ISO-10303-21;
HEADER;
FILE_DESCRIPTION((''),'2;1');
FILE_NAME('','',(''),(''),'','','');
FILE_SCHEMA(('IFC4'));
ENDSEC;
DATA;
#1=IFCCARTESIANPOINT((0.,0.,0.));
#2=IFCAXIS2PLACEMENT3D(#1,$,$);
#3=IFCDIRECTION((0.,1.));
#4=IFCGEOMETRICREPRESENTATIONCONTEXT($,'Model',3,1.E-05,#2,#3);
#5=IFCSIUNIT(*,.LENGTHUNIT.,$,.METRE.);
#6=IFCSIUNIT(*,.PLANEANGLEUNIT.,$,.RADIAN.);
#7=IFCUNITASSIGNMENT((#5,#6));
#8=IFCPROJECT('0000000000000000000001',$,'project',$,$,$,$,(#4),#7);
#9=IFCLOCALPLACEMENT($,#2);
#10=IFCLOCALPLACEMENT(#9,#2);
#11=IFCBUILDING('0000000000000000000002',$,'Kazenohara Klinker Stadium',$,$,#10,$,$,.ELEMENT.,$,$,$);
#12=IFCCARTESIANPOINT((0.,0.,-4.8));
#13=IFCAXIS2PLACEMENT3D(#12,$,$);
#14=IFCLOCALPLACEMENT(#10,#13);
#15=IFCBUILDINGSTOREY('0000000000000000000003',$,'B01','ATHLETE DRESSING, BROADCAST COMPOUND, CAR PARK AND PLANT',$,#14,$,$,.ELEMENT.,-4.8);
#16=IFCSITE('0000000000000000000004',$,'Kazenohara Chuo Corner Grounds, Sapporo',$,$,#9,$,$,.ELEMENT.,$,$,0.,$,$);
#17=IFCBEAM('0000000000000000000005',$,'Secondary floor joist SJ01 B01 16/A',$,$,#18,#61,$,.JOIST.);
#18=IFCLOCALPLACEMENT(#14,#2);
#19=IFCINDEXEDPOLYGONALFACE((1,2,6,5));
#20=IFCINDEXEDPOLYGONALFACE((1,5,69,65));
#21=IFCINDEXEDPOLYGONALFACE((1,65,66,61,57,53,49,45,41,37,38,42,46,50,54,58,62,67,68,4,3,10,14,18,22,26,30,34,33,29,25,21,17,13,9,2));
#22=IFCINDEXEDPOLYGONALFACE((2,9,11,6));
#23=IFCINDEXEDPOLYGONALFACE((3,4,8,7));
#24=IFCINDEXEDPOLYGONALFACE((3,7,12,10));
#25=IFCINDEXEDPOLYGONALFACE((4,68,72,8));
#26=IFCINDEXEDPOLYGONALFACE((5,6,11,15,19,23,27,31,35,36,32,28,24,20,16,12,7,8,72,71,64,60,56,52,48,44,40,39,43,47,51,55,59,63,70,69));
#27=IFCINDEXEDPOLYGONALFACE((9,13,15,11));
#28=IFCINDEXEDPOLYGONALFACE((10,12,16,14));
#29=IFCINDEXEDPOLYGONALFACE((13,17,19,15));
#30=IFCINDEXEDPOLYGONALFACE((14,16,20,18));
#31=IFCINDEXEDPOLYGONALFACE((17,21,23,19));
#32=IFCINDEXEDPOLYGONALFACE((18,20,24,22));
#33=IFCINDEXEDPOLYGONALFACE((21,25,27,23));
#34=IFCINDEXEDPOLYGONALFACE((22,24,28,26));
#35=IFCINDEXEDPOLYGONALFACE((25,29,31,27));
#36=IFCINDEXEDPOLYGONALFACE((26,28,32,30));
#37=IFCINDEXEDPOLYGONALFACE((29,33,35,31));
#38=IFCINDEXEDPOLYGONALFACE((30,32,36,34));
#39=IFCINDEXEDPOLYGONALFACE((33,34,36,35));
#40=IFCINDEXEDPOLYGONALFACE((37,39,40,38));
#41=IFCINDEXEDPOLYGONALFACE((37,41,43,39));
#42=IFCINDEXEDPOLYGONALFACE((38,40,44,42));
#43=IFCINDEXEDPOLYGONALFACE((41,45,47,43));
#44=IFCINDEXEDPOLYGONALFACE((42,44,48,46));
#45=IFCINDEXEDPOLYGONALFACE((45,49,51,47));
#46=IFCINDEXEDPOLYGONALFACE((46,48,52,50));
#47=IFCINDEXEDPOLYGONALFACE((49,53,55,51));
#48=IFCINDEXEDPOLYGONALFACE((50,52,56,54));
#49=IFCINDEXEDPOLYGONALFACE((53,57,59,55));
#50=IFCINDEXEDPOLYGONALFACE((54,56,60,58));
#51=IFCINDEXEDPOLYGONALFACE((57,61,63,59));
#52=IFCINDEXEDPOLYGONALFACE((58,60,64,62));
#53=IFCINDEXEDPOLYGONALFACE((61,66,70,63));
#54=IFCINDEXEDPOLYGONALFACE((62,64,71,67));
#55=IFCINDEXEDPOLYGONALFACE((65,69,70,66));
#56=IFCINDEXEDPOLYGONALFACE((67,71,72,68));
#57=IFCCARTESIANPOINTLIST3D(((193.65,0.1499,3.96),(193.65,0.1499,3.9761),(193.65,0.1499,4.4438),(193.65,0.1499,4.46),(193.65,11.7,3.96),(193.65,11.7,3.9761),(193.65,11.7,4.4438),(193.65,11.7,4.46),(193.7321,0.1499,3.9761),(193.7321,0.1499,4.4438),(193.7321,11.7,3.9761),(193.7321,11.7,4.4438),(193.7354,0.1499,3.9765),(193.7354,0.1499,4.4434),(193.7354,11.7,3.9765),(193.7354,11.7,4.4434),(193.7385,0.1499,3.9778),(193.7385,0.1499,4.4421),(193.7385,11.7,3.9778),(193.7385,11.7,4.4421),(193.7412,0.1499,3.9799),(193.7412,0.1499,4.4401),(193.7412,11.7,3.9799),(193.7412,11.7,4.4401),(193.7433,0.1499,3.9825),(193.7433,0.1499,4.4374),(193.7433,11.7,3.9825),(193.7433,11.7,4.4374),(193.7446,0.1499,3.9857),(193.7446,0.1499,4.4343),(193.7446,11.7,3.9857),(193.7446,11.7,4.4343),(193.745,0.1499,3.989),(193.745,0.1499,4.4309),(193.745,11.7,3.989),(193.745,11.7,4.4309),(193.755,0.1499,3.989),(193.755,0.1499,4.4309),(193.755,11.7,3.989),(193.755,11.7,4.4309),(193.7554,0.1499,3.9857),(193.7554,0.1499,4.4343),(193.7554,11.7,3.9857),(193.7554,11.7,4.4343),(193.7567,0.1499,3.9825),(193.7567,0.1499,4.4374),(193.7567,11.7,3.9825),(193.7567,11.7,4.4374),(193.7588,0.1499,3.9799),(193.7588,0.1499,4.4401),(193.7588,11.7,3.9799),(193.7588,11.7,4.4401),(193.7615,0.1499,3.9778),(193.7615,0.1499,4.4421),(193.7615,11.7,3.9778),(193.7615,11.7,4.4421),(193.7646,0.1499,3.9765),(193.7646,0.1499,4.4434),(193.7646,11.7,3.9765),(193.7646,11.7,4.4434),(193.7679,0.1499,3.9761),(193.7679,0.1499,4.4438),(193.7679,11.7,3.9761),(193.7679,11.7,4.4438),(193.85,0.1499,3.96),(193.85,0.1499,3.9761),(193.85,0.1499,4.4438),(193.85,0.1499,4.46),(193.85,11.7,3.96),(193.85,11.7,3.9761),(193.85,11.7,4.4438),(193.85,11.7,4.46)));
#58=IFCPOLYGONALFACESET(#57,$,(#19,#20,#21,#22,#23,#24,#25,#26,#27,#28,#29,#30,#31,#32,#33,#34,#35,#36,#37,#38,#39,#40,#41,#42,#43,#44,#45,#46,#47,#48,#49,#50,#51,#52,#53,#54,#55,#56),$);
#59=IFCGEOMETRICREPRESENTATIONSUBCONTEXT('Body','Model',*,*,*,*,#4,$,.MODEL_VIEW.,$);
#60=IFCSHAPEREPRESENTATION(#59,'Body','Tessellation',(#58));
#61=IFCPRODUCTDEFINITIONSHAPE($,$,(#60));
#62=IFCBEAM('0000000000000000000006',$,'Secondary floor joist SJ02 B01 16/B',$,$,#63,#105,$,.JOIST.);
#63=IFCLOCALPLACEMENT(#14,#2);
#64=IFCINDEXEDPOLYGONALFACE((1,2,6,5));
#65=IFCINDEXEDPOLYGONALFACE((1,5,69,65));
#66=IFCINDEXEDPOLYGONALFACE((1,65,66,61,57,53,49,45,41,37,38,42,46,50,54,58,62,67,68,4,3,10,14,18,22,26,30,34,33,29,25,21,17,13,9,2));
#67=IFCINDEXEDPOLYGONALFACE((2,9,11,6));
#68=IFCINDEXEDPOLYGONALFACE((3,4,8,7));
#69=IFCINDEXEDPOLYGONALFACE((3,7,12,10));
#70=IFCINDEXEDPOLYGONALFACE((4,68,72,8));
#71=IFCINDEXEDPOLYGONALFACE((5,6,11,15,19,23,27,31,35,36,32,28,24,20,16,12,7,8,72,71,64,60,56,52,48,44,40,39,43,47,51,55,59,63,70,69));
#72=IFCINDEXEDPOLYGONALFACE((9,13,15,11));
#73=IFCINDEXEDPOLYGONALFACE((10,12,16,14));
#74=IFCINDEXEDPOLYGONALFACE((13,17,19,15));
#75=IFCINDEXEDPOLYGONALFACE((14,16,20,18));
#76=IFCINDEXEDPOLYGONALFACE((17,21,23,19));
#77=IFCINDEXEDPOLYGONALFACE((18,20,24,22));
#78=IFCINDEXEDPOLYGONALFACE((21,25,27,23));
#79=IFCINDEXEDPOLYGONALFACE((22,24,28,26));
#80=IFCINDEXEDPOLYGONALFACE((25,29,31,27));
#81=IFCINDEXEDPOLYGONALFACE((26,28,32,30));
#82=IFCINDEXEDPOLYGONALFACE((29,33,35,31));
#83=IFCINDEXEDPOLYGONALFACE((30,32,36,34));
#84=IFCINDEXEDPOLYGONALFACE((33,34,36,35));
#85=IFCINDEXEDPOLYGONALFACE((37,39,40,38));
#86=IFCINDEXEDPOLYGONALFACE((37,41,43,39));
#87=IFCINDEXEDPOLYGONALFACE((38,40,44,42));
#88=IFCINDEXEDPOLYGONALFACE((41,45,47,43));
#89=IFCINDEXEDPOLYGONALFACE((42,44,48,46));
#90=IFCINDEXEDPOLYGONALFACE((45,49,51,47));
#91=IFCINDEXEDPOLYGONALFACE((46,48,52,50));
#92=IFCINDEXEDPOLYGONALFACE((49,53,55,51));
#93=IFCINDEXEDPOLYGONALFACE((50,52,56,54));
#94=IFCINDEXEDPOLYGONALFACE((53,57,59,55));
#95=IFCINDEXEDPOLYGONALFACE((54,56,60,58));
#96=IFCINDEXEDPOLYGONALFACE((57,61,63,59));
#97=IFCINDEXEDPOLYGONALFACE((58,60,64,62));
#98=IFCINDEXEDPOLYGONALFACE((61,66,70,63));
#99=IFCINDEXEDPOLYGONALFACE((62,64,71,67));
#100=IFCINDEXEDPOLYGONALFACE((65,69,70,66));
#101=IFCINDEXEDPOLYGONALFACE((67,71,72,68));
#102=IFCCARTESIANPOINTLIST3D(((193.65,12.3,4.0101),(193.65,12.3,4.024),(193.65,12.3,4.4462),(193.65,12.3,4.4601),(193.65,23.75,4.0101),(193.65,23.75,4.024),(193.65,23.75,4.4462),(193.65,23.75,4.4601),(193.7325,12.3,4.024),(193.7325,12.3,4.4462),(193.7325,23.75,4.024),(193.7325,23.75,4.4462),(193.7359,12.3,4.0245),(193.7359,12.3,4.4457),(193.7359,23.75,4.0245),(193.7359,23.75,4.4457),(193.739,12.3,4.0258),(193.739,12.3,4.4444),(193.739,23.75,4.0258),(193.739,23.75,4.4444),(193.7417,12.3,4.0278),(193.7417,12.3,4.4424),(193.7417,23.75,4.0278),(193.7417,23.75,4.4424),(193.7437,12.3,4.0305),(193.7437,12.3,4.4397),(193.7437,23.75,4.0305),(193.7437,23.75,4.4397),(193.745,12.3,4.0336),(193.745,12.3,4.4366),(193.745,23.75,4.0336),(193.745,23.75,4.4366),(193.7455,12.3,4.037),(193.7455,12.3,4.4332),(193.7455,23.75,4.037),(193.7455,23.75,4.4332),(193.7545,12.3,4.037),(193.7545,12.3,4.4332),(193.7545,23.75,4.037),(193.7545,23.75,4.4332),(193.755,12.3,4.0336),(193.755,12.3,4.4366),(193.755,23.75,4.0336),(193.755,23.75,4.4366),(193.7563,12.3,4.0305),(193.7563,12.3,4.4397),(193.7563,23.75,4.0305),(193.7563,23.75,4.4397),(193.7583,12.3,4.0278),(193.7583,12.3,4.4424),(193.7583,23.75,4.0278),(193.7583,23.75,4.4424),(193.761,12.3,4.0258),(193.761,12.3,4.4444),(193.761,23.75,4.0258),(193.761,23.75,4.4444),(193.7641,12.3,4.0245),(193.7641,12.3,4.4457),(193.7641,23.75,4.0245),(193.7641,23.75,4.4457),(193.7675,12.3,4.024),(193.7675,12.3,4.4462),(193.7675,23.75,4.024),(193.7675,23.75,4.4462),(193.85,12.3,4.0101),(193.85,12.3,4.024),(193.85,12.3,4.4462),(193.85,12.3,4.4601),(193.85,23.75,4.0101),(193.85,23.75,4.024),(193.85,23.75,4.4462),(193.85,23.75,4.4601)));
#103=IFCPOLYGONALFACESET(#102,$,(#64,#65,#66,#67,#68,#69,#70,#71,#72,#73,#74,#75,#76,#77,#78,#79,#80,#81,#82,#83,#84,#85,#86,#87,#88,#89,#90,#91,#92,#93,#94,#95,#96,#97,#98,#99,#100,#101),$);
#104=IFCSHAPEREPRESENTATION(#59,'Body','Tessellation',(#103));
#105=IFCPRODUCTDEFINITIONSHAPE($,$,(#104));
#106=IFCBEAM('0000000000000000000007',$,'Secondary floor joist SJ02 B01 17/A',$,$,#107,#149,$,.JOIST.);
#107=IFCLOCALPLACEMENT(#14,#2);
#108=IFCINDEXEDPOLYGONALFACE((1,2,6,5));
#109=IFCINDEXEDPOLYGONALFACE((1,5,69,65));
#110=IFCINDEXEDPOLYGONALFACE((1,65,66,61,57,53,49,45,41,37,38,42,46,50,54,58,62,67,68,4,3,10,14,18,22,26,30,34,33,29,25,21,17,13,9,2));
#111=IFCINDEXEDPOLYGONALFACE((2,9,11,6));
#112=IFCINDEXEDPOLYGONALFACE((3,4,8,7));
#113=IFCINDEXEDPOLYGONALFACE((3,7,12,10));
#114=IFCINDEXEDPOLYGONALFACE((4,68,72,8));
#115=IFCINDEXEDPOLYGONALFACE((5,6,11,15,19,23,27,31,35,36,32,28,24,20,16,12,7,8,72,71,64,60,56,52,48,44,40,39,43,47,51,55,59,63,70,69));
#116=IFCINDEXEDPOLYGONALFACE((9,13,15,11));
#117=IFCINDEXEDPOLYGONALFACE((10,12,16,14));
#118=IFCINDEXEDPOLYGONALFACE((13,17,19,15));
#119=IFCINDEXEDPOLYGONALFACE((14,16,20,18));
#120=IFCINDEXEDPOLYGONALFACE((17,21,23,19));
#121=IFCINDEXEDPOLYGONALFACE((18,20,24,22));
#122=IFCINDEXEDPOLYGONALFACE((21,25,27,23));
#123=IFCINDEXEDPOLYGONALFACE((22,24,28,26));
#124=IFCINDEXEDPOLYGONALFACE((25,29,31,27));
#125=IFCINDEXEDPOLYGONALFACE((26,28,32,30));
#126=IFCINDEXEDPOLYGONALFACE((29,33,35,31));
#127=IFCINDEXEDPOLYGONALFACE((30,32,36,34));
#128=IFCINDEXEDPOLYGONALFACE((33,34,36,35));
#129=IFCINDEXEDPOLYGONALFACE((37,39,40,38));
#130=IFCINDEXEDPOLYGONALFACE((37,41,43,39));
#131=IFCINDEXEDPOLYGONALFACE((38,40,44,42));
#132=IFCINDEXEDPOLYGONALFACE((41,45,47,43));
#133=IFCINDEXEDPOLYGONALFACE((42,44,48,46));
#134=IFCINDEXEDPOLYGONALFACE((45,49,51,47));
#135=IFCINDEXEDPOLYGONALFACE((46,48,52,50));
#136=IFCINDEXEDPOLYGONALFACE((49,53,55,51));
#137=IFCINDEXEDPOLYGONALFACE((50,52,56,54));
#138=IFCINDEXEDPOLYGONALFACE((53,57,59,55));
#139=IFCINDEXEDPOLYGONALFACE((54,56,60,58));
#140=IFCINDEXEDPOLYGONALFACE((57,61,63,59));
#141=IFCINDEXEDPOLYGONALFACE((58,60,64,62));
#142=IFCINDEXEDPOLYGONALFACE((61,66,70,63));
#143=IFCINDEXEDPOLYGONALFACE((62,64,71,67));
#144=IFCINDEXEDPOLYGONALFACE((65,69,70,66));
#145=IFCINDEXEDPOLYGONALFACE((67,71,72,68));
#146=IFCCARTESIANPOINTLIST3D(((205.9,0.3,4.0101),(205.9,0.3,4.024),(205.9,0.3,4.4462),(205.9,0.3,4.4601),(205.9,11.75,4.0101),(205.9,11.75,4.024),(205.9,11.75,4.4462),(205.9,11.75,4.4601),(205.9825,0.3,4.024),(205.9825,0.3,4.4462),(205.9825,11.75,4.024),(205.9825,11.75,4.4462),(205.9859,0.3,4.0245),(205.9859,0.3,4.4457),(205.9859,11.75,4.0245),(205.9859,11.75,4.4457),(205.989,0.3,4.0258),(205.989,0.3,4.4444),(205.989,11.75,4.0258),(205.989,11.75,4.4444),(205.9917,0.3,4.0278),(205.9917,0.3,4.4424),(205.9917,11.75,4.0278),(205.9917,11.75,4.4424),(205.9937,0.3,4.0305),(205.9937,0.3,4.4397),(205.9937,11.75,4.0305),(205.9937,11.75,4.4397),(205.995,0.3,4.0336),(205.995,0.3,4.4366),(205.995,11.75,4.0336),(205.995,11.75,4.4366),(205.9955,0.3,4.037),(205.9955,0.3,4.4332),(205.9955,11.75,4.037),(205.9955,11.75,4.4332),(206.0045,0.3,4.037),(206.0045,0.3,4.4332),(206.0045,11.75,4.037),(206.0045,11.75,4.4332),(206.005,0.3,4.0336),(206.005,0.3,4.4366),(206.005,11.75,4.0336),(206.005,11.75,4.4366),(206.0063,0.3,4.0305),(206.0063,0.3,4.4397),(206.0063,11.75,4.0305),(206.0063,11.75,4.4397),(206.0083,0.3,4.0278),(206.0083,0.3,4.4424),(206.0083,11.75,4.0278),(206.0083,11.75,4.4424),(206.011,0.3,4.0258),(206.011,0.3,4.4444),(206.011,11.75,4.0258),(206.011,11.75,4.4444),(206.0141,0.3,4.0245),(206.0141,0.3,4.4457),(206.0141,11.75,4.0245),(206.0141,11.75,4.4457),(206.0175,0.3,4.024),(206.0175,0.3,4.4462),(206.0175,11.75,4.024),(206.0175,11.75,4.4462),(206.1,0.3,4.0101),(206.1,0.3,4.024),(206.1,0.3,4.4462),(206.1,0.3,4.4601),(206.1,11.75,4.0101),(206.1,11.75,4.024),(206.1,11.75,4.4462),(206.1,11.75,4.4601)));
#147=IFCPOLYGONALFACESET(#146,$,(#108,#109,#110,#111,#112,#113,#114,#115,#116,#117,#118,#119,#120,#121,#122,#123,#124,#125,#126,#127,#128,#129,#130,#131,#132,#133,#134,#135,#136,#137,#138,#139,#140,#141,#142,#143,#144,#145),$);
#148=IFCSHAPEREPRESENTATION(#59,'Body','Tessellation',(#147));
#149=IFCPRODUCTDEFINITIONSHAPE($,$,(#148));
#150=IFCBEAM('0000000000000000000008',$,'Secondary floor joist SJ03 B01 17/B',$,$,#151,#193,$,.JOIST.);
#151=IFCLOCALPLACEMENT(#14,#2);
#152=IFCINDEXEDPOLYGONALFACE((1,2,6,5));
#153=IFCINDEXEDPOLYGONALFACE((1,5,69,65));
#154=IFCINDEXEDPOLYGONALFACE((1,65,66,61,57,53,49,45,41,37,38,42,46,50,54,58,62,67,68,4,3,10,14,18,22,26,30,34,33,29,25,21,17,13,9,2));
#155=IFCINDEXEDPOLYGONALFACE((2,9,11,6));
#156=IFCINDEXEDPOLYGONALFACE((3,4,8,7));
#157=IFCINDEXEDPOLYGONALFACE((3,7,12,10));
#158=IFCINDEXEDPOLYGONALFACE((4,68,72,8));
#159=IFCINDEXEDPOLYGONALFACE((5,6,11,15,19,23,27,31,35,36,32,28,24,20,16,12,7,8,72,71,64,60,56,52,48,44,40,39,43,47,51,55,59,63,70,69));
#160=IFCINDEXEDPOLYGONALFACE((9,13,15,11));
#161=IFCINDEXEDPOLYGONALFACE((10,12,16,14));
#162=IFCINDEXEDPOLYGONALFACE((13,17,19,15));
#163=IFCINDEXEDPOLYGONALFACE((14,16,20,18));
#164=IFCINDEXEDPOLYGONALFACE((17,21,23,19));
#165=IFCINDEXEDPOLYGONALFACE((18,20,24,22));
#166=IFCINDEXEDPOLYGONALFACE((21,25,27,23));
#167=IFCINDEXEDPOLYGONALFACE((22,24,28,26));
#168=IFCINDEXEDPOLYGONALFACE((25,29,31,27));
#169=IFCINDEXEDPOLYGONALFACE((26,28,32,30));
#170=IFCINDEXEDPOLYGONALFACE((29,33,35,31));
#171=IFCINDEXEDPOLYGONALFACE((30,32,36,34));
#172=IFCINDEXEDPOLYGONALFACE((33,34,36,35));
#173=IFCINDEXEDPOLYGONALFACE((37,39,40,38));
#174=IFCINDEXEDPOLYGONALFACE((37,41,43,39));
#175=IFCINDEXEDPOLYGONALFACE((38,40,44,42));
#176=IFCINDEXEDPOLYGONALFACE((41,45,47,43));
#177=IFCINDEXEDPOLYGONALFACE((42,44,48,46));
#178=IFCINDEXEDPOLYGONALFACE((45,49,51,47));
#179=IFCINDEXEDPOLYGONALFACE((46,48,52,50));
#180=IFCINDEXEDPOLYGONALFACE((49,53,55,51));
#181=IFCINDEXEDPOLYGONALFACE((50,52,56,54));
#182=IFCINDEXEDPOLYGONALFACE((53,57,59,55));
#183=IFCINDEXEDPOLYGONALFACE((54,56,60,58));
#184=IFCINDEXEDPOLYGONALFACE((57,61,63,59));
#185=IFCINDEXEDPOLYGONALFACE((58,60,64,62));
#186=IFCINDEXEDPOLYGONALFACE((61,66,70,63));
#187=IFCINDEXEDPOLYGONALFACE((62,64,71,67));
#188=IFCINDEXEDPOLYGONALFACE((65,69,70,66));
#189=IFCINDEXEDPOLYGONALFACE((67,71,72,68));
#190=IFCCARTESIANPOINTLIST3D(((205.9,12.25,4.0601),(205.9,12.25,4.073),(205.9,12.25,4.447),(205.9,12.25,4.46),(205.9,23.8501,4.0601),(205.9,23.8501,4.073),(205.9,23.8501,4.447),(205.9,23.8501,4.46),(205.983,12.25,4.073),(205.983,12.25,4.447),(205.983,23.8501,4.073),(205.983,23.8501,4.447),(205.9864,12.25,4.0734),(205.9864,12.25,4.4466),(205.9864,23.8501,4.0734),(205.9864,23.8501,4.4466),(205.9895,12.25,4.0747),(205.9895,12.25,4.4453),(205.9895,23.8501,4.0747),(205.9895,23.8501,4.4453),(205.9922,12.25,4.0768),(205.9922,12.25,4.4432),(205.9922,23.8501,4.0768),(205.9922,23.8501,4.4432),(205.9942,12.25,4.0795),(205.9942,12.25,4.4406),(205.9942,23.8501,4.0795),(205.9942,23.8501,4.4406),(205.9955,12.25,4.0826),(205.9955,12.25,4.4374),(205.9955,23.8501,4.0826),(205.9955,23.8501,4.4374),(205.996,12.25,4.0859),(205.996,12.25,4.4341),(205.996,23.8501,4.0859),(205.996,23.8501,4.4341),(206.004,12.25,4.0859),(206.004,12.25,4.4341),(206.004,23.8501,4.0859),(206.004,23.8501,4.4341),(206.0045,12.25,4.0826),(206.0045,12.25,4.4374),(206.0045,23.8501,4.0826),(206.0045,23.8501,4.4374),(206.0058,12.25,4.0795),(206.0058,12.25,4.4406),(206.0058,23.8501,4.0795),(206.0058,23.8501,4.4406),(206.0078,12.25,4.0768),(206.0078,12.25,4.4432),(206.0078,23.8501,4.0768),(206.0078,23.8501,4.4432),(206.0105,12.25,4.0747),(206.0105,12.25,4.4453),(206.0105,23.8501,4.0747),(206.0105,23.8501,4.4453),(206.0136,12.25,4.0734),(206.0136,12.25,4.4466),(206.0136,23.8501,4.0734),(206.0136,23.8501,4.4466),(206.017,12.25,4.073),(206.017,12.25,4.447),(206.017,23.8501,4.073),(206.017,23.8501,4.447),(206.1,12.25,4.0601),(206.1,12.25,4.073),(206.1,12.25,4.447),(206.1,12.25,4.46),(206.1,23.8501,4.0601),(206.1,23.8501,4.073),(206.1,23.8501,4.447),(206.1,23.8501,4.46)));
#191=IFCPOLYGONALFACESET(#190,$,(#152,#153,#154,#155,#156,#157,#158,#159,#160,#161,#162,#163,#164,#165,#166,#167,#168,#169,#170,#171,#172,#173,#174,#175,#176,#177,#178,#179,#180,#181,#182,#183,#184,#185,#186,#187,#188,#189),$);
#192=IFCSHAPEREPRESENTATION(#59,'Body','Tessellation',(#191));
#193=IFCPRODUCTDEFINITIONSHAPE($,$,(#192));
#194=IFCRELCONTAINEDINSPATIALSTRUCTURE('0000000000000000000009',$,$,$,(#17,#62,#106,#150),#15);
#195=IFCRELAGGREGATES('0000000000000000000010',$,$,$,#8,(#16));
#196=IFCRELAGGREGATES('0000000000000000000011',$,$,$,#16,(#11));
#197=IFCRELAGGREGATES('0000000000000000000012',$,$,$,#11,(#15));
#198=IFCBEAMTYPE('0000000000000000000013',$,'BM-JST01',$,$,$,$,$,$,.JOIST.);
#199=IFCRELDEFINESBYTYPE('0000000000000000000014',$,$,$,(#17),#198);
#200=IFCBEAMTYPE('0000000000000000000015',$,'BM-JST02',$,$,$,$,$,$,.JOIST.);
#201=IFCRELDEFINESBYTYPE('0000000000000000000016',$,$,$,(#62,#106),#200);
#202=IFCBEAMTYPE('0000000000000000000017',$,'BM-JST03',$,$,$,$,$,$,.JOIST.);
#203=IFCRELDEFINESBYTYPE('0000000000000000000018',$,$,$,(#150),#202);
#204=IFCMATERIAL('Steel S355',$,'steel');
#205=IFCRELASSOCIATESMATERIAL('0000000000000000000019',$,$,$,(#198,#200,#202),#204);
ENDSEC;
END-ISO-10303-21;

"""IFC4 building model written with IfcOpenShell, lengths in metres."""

from ifc_helpers import new_model, si_unit, direction, frame, origin, origin_2d, place, context, subcontext, project, spatial, i_section, extrude, material, material_profile, profile_set, type_object, element, save


model = new_model("IFC4")

# Units and contexts
model_context = context("Model", 3, precision=1e-05, world=origin(), true_north=direction((0.0, 1.0)))
body_context = subcontext(model_context, "Body", "Model", "MODEL_VIEW")
ifc_project = project(units=[si_unit("LENGTHUNIT", "METRE"), si_unit("PLANEANGLEUNIT", "RADIAN")], contexts=[model_context])

# Site, building, storey
site_placement = place(None, origin())
site = spatial("IfcSite", under=ifc_project, at=site_placement, Name="Kazenohara Chuo Corner Grounds, Sapporo", CompositionType="ELEMENT", RefElevation=0.0)
building_placement = place(site_placement, origin())
building = spatial("IfcBuilding", under=site, at=building_placement, Name="Kazenohara Klinker Stadium", CompositionType="ELEMENT")
storey_placement = place(building_placement, frame((0.0, 0.0, -4.8)))
storey = spatial("IfcBuildingStorey", under=building, at=storey_placement, Name="B01", Description="ATHLETE DRESSING, BROADCAST COMPOUND, CAR PARK AND PLANT", CompositionType="ELEMENT", Elevation=-4.8)

# Beams
ifc_material_1 = material(Name="Steel S355", Category="steel")
ifc_material_profile_1 = material_profile(ifc_material_1, i_section(OverallWidth=0.2, OverallDepth=0.5, WebThickness=0.01, FlangeThickness=0.0161, FilletRadius=0.0129, at=origin_2d()), Name="H-500x200x10x16")
ifc_profile_set_1 = profile_set([ifc_material_profile_1], Name="Steel S355")
beam_type_1 = type_object("IfcBeamType", Name="BM-JST01", PredefinedType="JOIST", material=ifc_profile_set_1)
beam_1_placement = place(storey_placement, frame((193.75, 0.1499, 4.21), z_axis=(0.0, 1.0, 0.0), x_axis=(-1.0, 0.0, 0.0)))
element("IfcBeam", 1, at=beam_1_placement, inside=storey, type_object=beam_type_1, Name="Secondary floor joist SJ01 B01 16/A", PredefinedType="JOIST", context=body_context, shape_type="SweptSolid", body=[
    extrude(i_section(OverallWidth=0.2, OverallDepth=0.5, WebThickness=0.01, FlangeThickness=0.0161, FilletRadius=0.0129, at=origin_2d()), origin(), (0.0, 0.0, 1.0), 11.55),
])
ifc_material_profile_2 = material_profile(ifc_material_1, i_section(OverallWidth=0.2, OverallDepth=0.45, WebThickness=0.009, FlangeThickness=0.0139, FilletRadius=0.0129, at=origin_2d()), Name="H-450x200x9x14")
ifc_profile_set_2 = profile_set([ifc_material_profile_2], Name="Steel S355")
beam_type_2 = type_object("IfcBeamType", Name="BM-JST02", PredefinedType="JOIST", material=ifc_profile_set_2)
for number, where, z_axis, x_axis, name in (
    (2, (193.75, 12.3, 4.2351), (0.0, 1.0, 0.0), (-1.0, 0.0, 0.0), "Secondary floor joist SJ02 B01 16/B"),
    (3, (206.0, 0.3, 4.2351), (0.0, 1.0, 0.0), (-1.0, 0.0, 0.0), "Secondary floor joist SJ02 B01 17/A"),
):
    element("IfcBeam", number, at=place(storey_placement, frame(where, z_axis=z_axis, x_axis=x_axis)), inside=storey, type_object=beam_type_2, Name=name, PredefinedType="JOIST", context=body_context, shape_type="SweptSolid", body=[
        extrude(i_section(OverallWidth=0.2, OverallDepth=0.45, WebThickness=0.009, FlangeThickness=0.0139, FilletRadius=0.0129, at=origin_2d()), origin(), (0.0, 0.0, 1.0), 11.45),
    ])
ifc_material_profile_3 = material_profile(ifc_material_1, i_section(OverallWidth=0.2, OverallDepth=0.3999, WebThickness=0.0081, FlangeThickness=0.0129, FilletRadius=0.0129, at=origin_2d()), Name="H-400x200x8x13")
ifc_profile_set_3 = profile_set([ifc_material_profile_3], Name="Steel S355")
beam_type_3 = type_object("IfcBeamType", Name="BM-JST03", PredefinedType="JOIST", material=ifc_profile_set_3)
for number, where, z_axis, x_axis, name in (
    (4, (206.0, 12.25, 4.26), (0.0, 1.0, 0.0), (-1.0, 0.0, 0.0), "Secondary floor joist SJ03 B01 17/B"),
):
    element("IfcBeam", number, at=place(storey_placement, frame(where, z_axis=z_axis, x_axis=x_axis)), inside=storey, type_object=beam_type_3, Name=name, PredefinedType="JOIST", context=body_context, shape_type="SweptSolid", body=[
        extrude(i_section(OverallWidth=0.2, OverallDepth=0.3999, WebThickness=0.0081, FlangeThickness=0.0129, FilletRadius=0.0129, at=origin_2d()), origin(), (0.0, 0.0, 1.0), 11.6001),
    ])

save(model, "model.ifc")
